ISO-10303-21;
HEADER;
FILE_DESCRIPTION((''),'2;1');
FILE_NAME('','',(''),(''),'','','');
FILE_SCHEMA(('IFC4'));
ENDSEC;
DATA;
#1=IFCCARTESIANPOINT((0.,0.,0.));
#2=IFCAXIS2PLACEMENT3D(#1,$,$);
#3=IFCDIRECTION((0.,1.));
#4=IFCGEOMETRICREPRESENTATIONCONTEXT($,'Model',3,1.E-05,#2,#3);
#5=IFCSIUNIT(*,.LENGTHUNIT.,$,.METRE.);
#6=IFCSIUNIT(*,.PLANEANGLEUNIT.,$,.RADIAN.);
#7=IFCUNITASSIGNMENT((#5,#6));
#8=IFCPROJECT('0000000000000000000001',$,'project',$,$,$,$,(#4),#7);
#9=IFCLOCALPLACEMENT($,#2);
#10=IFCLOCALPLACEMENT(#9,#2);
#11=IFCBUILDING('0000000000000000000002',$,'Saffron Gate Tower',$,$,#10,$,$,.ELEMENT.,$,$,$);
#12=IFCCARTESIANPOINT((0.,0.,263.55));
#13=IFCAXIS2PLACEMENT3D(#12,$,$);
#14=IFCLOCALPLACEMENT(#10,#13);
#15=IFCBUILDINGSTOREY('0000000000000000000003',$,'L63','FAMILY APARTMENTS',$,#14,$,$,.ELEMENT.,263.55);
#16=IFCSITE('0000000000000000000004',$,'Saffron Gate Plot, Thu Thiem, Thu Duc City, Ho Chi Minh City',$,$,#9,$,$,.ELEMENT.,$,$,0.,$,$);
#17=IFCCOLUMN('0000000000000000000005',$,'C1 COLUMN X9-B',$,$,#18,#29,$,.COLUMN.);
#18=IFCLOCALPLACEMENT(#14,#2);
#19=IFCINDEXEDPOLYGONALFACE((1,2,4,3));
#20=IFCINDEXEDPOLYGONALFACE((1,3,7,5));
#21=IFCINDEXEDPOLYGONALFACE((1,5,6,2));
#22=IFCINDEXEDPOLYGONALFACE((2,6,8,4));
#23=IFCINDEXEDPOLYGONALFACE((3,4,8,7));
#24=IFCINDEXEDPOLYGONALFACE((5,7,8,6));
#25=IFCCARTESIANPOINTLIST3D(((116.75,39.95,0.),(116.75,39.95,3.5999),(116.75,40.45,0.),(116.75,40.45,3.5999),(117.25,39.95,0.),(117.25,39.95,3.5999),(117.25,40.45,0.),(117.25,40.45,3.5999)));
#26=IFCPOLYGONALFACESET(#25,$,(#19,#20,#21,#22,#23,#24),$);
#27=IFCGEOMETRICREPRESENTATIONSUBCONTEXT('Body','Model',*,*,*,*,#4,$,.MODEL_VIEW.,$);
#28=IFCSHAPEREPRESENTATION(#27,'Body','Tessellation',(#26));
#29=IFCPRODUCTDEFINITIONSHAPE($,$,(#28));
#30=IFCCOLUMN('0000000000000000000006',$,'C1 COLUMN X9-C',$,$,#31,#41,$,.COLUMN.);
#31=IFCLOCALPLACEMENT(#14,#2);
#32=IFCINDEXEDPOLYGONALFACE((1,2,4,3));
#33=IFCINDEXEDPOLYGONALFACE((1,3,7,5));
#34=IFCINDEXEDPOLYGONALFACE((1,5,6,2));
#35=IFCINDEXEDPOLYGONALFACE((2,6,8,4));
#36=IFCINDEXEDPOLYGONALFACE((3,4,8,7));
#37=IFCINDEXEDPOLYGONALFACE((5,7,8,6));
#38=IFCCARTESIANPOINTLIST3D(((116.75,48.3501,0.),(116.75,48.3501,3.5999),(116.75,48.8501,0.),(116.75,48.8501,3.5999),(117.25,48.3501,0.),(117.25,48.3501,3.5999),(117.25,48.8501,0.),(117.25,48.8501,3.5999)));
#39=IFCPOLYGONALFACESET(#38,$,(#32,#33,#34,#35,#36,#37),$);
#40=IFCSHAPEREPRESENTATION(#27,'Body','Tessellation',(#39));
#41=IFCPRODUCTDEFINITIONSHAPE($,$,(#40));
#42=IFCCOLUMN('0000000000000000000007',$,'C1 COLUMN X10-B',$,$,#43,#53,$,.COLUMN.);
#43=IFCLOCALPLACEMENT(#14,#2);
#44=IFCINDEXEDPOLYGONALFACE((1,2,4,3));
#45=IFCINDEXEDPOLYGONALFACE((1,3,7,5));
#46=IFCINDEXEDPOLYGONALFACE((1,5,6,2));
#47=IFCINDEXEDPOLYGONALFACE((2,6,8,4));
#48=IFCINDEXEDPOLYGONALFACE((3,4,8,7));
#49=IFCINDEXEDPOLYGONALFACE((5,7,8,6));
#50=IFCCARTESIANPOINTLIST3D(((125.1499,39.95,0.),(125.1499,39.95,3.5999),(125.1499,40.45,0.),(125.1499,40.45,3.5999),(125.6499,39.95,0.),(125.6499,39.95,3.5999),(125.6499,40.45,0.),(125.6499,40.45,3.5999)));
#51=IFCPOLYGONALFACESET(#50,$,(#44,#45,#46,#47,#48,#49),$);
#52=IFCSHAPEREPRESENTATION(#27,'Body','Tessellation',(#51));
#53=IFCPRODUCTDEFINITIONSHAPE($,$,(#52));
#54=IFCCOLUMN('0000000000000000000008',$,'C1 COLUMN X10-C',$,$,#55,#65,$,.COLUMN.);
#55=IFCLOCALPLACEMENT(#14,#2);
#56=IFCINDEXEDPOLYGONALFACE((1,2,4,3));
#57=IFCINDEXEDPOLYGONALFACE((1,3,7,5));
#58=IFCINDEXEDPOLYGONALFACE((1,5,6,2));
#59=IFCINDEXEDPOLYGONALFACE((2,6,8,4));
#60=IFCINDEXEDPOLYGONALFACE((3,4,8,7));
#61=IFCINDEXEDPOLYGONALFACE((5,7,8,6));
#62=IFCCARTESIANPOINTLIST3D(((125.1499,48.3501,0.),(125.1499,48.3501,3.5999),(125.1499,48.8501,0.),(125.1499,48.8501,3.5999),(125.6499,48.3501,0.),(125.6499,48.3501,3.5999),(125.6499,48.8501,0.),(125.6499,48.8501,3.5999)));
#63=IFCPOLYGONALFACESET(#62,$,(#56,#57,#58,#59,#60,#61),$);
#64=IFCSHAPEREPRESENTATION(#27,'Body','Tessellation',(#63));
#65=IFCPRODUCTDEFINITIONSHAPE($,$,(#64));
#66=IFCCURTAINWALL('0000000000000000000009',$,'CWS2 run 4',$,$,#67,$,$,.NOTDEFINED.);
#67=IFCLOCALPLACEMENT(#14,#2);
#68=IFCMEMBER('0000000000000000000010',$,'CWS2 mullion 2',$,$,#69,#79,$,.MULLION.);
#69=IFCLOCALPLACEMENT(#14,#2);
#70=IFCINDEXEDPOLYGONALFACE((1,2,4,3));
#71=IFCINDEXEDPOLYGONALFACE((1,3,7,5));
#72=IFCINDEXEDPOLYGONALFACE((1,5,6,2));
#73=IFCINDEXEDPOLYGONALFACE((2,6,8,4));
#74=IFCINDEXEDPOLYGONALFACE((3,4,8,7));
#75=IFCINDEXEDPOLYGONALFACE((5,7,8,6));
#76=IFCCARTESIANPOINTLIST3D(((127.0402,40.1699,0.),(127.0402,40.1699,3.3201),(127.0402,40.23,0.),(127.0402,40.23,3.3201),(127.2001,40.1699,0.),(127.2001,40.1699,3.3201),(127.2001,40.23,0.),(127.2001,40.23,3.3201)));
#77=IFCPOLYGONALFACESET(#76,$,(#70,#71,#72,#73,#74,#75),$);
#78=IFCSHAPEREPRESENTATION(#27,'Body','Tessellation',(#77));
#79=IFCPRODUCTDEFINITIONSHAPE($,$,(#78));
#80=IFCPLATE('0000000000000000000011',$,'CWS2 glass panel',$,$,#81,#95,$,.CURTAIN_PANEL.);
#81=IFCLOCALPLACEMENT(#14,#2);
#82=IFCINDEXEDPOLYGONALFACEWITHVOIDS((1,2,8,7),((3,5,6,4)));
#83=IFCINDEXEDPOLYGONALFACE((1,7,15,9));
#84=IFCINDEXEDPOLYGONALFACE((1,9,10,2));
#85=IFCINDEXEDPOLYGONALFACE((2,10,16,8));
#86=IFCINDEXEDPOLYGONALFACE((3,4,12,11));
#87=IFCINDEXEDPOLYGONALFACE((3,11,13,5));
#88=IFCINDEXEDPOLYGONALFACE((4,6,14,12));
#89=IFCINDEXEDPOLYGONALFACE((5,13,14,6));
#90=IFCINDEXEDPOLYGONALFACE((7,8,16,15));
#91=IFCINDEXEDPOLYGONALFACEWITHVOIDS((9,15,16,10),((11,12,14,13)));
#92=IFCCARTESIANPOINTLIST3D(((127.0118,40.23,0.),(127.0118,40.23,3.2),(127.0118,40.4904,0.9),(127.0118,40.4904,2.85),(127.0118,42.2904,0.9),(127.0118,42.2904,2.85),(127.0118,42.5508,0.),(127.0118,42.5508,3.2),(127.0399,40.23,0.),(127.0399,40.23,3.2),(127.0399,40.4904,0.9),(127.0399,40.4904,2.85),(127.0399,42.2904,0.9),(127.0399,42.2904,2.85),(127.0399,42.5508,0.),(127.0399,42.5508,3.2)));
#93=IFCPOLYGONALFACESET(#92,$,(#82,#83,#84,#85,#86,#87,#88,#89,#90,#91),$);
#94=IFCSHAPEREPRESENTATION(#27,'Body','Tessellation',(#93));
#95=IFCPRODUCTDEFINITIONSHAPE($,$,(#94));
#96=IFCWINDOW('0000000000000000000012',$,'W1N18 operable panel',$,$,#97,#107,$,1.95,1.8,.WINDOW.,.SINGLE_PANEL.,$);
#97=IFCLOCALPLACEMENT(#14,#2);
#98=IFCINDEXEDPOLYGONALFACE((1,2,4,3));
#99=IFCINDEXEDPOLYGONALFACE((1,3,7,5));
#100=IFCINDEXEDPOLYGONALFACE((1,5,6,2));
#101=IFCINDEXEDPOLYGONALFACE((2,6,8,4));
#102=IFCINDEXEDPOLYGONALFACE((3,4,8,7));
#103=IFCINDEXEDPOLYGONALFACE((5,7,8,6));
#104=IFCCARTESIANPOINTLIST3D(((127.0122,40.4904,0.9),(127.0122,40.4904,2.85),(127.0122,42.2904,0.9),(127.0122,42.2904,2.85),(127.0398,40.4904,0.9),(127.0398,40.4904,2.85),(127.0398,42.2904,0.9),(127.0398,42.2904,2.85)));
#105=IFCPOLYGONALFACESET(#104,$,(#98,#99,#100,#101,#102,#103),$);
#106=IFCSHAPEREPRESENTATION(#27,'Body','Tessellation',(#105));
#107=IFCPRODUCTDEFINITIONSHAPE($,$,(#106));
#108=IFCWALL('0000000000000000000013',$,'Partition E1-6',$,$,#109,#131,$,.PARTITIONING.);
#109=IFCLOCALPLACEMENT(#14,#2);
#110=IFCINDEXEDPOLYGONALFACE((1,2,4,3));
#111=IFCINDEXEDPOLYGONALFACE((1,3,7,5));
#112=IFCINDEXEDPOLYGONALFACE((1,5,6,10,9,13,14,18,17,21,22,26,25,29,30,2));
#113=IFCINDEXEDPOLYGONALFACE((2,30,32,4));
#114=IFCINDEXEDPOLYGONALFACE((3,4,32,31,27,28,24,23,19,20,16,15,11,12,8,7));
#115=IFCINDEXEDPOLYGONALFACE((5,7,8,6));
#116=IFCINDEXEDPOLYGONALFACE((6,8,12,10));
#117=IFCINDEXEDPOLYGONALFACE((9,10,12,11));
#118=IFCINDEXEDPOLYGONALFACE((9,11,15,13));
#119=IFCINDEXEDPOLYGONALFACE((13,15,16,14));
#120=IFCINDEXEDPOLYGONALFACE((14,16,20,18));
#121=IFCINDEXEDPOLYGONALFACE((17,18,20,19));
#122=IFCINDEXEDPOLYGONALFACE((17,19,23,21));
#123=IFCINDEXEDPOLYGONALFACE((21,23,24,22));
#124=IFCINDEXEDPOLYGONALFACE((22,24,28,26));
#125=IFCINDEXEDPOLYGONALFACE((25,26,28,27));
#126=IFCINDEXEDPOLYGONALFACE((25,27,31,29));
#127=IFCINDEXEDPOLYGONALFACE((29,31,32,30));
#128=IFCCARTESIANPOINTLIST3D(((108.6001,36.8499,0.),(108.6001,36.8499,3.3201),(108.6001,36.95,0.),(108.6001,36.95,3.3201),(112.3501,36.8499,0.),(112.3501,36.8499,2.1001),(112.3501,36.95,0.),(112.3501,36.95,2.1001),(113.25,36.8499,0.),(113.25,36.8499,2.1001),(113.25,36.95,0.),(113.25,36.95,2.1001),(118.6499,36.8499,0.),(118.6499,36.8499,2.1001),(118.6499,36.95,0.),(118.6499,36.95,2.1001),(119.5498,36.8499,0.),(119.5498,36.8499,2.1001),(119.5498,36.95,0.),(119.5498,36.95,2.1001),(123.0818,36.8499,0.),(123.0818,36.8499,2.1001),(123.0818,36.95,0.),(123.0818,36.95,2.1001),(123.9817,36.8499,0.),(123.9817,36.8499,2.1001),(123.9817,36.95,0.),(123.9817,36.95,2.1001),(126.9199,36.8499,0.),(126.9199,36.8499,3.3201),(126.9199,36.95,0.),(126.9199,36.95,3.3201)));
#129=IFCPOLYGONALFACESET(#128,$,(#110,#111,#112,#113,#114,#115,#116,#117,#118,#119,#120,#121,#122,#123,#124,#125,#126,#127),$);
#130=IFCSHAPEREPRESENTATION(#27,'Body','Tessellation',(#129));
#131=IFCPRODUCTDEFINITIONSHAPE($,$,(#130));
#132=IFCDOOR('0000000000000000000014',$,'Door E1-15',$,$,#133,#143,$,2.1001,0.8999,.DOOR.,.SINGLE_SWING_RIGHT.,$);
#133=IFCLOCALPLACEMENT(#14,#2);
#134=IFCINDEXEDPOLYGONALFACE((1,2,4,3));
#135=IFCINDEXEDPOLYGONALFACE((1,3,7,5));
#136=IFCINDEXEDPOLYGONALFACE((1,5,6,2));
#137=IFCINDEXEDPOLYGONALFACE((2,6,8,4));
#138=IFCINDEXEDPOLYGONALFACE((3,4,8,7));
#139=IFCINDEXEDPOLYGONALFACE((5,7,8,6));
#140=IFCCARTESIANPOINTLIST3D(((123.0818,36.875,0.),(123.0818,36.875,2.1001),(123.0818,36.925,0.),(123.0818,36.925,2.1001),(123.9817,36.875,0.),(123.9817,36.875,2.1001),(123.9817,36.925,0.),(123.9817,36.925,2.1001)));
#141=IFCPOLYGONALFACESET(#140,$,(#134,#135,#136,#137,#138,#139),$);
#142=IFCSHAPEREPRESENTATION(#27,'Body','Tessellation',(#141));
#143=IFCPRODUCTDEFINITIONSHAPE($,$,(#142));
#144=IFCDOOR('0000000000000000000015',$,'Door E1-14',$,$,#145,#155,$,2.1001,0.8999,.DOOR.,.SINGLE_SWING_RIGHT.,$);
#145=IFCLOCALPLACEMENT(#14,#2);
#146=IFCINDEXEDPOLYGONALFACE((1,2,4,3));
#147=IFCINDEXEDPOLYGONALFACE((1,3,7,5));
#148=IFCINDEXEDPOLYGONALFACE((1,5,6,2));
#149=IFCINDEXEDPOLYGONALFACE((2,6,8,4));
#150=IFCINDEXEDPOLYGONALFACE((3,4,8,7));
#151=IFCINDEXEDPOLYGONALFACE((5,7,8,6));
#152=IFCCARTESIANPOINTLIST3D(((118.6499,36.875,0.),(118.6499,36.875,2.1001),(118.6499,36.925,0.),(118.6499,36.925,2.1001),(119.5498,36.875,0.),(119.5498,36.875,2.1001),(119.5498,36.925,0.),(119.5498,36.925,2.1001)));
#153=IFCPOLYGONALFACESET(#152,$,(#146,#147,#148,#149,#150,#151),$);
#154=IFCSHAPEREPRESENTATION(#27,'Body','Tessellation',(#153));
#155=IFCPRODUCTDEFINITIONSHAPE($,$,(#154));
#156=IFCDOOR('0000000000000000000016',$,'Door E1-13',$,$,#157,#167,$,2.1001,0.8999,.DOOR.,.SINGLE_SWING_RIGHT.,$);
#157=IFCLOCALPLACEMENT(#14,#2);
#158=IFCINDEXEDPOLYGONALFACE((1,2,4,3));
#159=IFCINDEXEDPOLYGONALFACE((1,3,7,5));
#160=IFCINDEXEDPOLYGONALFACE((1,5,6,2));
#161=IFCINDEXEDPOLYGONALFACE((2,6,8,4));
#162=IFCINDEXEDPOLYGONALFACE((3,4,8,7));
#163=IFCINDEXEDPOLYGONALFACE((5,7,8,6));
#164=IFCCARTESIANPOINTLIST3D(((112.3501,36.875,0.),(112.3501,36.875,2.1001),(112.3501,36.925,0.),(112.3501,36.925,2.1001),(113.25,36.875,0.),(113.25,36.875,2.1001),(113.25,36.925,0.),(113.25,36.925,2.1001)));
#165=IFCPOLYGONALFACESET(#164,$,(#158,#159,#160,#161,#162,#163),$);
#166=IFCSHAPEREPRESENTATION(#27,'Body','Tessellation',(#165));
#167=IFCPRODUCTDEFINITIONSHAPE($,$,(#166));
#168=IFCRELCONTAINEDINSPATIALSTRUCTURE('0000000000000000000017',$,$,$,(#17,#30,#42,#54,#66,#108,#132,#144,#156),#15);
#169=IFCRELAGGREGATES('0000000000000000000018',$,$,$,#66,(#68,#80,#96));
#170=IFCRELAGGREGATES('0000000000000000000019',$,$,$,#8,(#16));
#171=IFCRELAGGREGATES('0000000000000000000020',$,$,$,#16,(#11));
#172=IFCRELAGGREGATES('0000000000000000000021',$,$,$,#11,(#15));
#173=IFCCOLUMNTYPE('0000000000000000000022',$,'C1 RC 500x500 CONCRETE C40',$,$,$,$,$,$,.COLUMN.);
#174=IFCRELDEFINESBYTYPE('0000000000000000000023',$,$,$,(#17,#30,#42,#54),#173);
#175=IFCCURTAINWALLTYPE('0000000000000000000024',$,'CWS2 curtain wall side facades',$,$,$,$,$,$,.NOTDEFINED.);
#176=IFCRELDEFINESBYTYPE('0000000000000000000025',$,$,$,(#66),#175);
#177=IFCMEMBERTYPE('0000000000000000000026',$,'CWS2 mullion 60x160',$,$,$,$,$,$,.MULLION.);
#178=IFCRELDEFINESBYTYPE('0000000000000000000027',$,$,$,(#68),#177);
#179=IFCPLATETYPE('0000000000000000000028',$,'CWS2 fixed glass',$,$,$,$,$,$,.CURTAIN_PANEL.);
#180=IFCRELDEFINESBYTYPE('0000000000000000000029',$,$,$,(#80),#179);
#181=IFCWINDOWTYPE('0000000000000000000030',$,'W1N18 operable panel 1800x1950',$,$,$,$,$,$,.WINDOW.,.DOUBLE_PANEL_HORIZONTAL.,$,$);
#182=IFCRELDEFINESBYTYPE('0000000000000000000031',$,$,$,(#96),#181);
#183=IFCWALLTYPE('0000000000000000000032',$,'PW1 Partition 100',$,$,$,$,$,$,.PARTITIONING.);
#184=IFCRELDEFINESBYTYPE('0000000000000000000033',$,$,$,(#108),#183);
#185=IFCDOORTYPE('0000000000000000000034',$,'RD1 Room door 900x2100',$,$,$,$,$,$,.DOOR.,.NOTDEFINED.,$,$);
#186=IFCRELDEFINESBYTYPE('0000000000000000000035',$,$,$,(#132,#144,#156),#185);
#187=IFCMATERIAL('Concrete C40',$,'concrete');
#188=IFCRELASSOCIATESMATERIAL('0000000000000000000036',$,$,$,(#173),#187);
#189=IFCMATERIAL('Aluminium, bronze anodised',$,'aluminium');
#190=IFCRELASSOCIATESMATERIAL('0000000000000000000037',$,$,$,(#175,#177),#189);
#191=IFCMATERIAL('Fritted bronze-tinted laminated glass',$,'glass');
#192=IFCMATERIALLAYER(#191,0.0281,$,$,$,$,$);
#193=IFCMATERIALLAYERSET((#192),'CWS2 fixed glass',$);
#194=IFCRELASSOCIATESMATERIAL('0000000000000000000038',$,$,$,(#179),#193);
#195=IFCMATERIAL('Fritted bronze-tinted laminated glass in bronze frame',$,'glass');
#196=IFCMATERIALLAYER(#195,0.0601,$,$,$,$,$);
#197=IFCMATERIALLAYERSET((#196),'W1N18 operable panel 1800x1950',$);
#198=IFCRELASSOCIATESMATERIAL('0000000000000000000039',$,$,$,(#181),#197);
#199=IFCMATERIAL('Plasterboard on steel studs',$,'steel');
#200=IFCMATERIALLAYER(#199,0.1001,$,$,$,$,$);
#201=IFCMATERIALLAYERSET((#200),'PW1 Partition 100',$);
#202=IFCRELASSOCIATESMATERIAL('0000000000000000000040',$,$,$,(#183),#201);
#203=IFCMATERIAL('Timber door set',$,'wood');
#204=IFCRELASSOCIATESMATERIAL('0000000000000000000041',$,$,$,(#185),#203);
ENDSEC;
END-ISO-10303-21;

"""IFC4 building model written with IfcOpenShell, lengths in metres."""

from ifc_helpers import new_model, si_unit, direction, frame, frame_2d, origin, origin_2d, place, context, subcontext, project, spatial, rectangle, extrude, material, layer, layer_set, material_profile, profile_set, type_object, element, fill, aggregate, save


model = new_model("IFC4")

# Units and contexts
model_context = context("Model", 3, precision=1e-05, world=origin(), true_north=direction((0.0, 1.0)))
body_context = subcontext(model_context, "Body", "Model", "MODEL_VIEW")
ifc_project = project(units=[si_unit("LENGTHUNIT", "METRE"), si_unit("PLANEANGLEUNIT", "RADIAN")], contexts=[model_context])

# Site, building, storey
site_placement = place(None, origin())
site = spatial("IfcSite", under=ifc_project, at=site_placement, Name="Saffron Gate Plot, Thu Thiem, Thu Duc City, Ho Chi Minh City", CompositionType="ELEMENT", RefElevation=0.0)
building_placement = place(site_placement, origin())
building = spatial("IfcBuilding", under=site, at=building_placement, Name="Saffron Gate Tower", CompositionType="ELEMENT")
storey_placement = place(building_placement, frame((0.0, 0.0, 263.55)))
storey = spatial("IfcBuildingStorey", under=building, at=storey_placement, Name="L63", Description="FAMILY APARTMENTS", CompositionType="ELEMENT", Elevation=263.55)

# Columns
ifc_material_1 = material(Name="Concrete C40", Category="concrete")
ifc_material_profile_1 = material_profile(ifc_material_1, rectangle(XDim=0.5, YDim=0.5, at=origin_2d()))
ifc_profile_set_1 = profile_set([ifc_material_profile_1], Name="Concrete C40")
column_type = type_object("IfcColumnType", Name="C1 RC 500x500 CONCRETE C40", PredefinedType="COLUMN", material=ifc_profile_set_1)
for number, where, z_axis, x_axis, name in (
    (1, (117.0, 40.2, 0.0), (0.0, 0.0, 1.0), (1.0, 0.0, 0.0), "C1 COLUMN X9-B"),
    (2, (117.0, 48.6001, 0.0), (0.0, 0.0, 1.0), (1.0, 0.0, 0.0), "C1 COLUMN X9-C"),
    (3, (125.3999, 40.2, 0.0), (0.0, 0.0, 1.0), (1.0, 0.0, 0.0), "C1 COLUMN X10-B"),
    (4, (125.3999, 48.6001, 0.0), (0.0, 0.0, 1.0), (1.0, 0.0, 0.0), "C1 COLUMN X10-C"),
):
    element("IfcColumn", number, at=place(storey_placement, frame(where, z_axis=z_axis, x_axis=x_axis)), inside=storey, type_object=column_type, Name=name, PredefinedType="COLUMN", context=body_context, shape_type="SweptSolid", body=[
        extrude(rectangle(XDim=0.5, YDim=0.5, at=origin_2d()), origin(), (0.0, 0.0, 1.0), 3.5999),
    ])

# Curtain wall, member, plate, opening, window
ifc_material_2 = material(Name="Aluminium, bronze anodised", Category="aluminium")
curtain_wall_type = type_object("IfcCurtainWallType", Name="CWS2 curtain wall side facades", PredefinedType="NOTDEFINED", material=ifc_material_2)
curtain_wall_placement = place(storey_placement, origin())
curtain_wall = element("IfcCurtainWall", 5, at=curtain_wall_placement, inside=storey, type_object=curtain_wall_type, Name="CWS2 run 4", PredefinedType="NOTDEFINED")
ifc_material_profile_2 = material_profile(ifc_material_2, rectangle(XDim=0.1599, YDim=0.0601, at=origin_2d()))
ifc_profile_set_2 = profile_set([ifc_material_profile_2], Name="Aluminium, bronze anodised")
member_type = type_object("IfcMemberType", Name="CWS2 mullion 60x160", PredefinedType="MULLION", material=ifc_profile_set_2)
member_placement = place(storey_placement, frame((127.1201, 40.2, 0.0), z_axis=(0.0, 0.0, 1.0), x_axis=(-1.0, 0.0, 0.0)))
member = element("IfcMember", 6, at=member_placement, type_object=member_type, Name="CWS2 mullion 2", PredefinedType="MULLION", context=body_context, shape_type="SweptSolid", body=[
    extrude(rectangle(XDim=0.1599, YDim=0.0601, at=origin_2d()), origin(), (0.0, 0.0, 1.0), 3.3201),
])
ifc_material_3 = material(Name="Fritted bronze-tinted laminated glass", Category="glass")
ifc_layer_1 = layer(ifc_material_3, 0.0281)
ifc_layer_set_1 = layer_set([ifc_layer_1], Name="CWS2 fixed glass")
plate_type = type_object("IfcPlateType", Name="CWS2 fixed glass", PredefinedType="CURTAIN_PANEL", material=ifc_layer_set_1)
plate_placement = place(storey_placement, frame((127.0259, 40.23, 0.0), z_axis=(0.0, 0.0, 1.0), x_axis=(0.0, 1.0, 0.0)))
plate = element("IfcPlate", 7, at=plate_placement, type_object=plate_type, Name="CWS2 glass panel", PredefinedType="CURTAIN_PANEL", context=body_context, shape_type="SweptSolid", body=[
    extrude(rectangle(XDim=2.3208, YDim=0.0281, at=frame_2d((1.1604, 0.0))), origin(), (0.0, 0.0, 1.0), 3.2),
])
opening_1_placement = place(plate_placement, frame((0.2605, 0.0, 0.8999)))
opening_1 = element("IfcOpeningElement", 8, at=opening_1_placement, cuts=plate, PredefinedType="OPENING", context=body_context, shape_type="SweptSolid", body=[
    extrude(rectangle(XDim=1.8, YDim=1.95, at=frame_2d((0.8999, 0.9751))), frame((0.0, 0.0239, 0.0), z_axis=(0.0, -1.0, 0.0), x_axis=(1.0, 0.0, 0.0)), (0.0, 0.0, 1.0), 0.0481),
])
ifc_material_4 = material(Name="Fritted bronze-tinted laminated glass in bronze frame", Category="glass")
ifc_layer_2 = layer(ifc_material_4, 0.0601)
ifc_layer_set_2 = layer_set([ifc_layer_2], Name="W1N18 operable panel 1800x1950")
window_type = type_object("IfcWindowType", Name="W1N18 operable panel 1800x1950", PartitioningType="DOUBLE_PANEL_HORIZONTAL", PredefinedType="WINDOW", material=ifc_layer_set_2)
window_placement = place(opening_1_placement, origin())
window = element("IfcWindow", 9, at=window_placement, type_object=window_type, Name="W1N18 operable panel", OverallHeight=1.95, OverallWidth=1.8, PartitioningType="SINGLE_PANEL", PredefinedType="WINDOW", context=body_context, shape_type="SweptSolid", body=[
    extrude(rectangle(XDim=1.8, YDim=1.95, at=frame_2d((0.8999, 0.9751))), frame((0.0, 0.0137, 0.0), z_axis=(0.0, -1.0, 0.0), x_axis=(1.0, 0.0, 0.0)), (0.0, 0.0, 1.0), 0.0276),
])
fill(opening_1, window)
aggregate(curtain_wall, [member, plate, window])

# Wall, openings, doors
ifc_material_5 = material(Name="Plasterboard on steel studs", Category="steel")
ifc_layer_3 = layer(ifc_material_5, 0.1001)
ifc_layer_set_3 = layer_set([ifc_layer_3], Name="PW1 Partition 100")
wall_type_1 = type_object("IfcWallType", Name="PW1 Partition 100", PredefinedType="PARTITIONING", material=ifc_layer_set_3)
wall_1_placement = place(storey_placement, frame((126.9199, 36.8999, 0.0), z_axis=(0.0, 0.0, 1.0), x_axis=(-1.0, 0.0, 0.0)))
wall_1 = element("IfcWall", 10, at=wall_1_placement, inside=storey, type_object=wall_type_1, Name="Partition E1-6", PredefinedType="PARTITIONING", context=body_context, shape_type="SweptSolid", body=[
    extrude(rectangle(XDim=18.3198, YDim=0.1001, at=frame_2d((9.1599, 0.0))), origin(), (0.0, 0.0, 1.0), 3.3201),
])
opening_2_placement = place(wall_1_placement, frame((2.9382, 0.0, 0.0)))
opening_2 = element("IfcOpeningElement", 11, at=opening_2_placement, cuts=wall_1, PredefinedType="OPENING", context=body_context, shape_type="SweptSolid", body=[
    extrude(rectangle(XDim=0.8999, YDim=2.1001, at=frame_2d((0.45, 1.05))), frame((0.0, 0.0601, 0.0), z_axis=(0.0, -1.0, 0.0), x_axis=(1.0, 0.0, 0.0)), (0.0, 0.0, 1.0), 0.1201),
])
opening_3_placement = place(wall_1_placement, frame((7.3701, 0.0, 0.0)))
opening_3 = element("IfcOpeningElement", 12, at=opening_3_placement, cuts=wall_1, PredefinedType="OPENING", context=body_context, shape_type="SweptSolid", body=[
    extrude(rectangle(XDim=0.8999, YDim=2.1001, at=frame_2d((0.45, 1.05))), frame((0.0, 0.0601, 0.0), z_axis=(0.0, -1.0, 0.0), x_axis=(1.0, 0.0, 0.0)), (0.0, 0.0, 1.0), 0.1201),
])
opening_4_placement = place(wall_1_placement, frame((13.6699, 0.0, 0.0)))
opening_4 = element("IfcOpeningElement", 13, at=opening_4_placement, cuts=wall_1, PredefinedType="OPENING", context=body_context, shape_type="SweptSolid", body=[
    extrude(rectangle(XDim=0.8999, YDim=2.1001, at=frame_2d((0.45, 1.05))), frame((0.0, 0.0601, 0.0), z_axis=(0.0, -1.0, 0.0), x_axis=(1.0, 0.0, 0.0)), (0.0, 0.0, 1.0), 0.1201),
])
ifc_material_6 = material(Name="Timber door set", Category="wood")
door_type_1 = type_object("IfcDoorType", Name="RD1 Room door 900x2100", OperationType="NOTDEFINED", PredefinedType="DOOR", material=ifc_material_6)
door_1_placement = place(opening_2_placement, origin())
door_1 = element("IfcDoor", 14, at=door_1_placement, inside=storey, type_object=door_type_1, Name="Door E1-15", OperationType="SINGLE_SWING_RIGHT", OverallHeight=2.1001, OverallWidth=0.8999, PredefinedType="DOOR", context=body_context, shape_type="SweptSolid", body=[
    extrude(rectangle(XDim=0.8999, YDim=2.1001, at=frame_2d((0.45, 1.05))), frame((0.0, 0.0249, 0.0), z_axis=(0.0, -1.0, 0.0), x_axis=(1.0, 0.0, 0.0)), (0.0, 0.0, 1.0), 0.05),
])
fill(opening_2, door_1)
door_2_placement = place(opening_3_placement, origin())
door_2 = element("IfcDoor", 15, at=door_2_placement, inside=storey, type_object=door_type_1, Name="Door E1-14", OperationType="SINGLE_SWING_RIGHT", OverallHeight=2.1001, OverallWidth=0.8999, PredefinedType="DOOR", context=body_context, shape_type="SweptSolid", body=[
    extrude(rectangle(XDim=0.8999, YDim=2.1001, at=frame_2d((0.45, 1.05))), frame((0.0, 0.0249, 0.0), z_axis=(0.0, -1.0, 0.0), x_axis=(1.0, 0.0, 0.0)), (0.0, 0.0, 1.0), 0.05),
])
fill(opening_3, door_2)
door_3_placement = place(opening_4_placement, origin())
door_3 = element("IfcDoor", 16, at=door_3_placement, inside=storey, type_object=door_type_1, Name="Door E1-13", OperationType="SINGLE_SWING_RIGHT", OverallHeight=2.1001, OverallWidth=0.8999, PredefinedType="DOOR", context=body_context, shape_type="SweptSolid", body=[
    extrude(rectangle(XDim=0.8999, YDim=2.1001, at=frame_2d((0.45, 1.05))), frame((0.0, 0.0249, 0.0), z_axis=(0.0, -1.0, 0.0), x_axis=(1.0, 0.0, 0.0)), (0.0, 0.0, 1.0), 0.05),
])
fill(opening_4, door_3)

save(model, "model.ifc")
